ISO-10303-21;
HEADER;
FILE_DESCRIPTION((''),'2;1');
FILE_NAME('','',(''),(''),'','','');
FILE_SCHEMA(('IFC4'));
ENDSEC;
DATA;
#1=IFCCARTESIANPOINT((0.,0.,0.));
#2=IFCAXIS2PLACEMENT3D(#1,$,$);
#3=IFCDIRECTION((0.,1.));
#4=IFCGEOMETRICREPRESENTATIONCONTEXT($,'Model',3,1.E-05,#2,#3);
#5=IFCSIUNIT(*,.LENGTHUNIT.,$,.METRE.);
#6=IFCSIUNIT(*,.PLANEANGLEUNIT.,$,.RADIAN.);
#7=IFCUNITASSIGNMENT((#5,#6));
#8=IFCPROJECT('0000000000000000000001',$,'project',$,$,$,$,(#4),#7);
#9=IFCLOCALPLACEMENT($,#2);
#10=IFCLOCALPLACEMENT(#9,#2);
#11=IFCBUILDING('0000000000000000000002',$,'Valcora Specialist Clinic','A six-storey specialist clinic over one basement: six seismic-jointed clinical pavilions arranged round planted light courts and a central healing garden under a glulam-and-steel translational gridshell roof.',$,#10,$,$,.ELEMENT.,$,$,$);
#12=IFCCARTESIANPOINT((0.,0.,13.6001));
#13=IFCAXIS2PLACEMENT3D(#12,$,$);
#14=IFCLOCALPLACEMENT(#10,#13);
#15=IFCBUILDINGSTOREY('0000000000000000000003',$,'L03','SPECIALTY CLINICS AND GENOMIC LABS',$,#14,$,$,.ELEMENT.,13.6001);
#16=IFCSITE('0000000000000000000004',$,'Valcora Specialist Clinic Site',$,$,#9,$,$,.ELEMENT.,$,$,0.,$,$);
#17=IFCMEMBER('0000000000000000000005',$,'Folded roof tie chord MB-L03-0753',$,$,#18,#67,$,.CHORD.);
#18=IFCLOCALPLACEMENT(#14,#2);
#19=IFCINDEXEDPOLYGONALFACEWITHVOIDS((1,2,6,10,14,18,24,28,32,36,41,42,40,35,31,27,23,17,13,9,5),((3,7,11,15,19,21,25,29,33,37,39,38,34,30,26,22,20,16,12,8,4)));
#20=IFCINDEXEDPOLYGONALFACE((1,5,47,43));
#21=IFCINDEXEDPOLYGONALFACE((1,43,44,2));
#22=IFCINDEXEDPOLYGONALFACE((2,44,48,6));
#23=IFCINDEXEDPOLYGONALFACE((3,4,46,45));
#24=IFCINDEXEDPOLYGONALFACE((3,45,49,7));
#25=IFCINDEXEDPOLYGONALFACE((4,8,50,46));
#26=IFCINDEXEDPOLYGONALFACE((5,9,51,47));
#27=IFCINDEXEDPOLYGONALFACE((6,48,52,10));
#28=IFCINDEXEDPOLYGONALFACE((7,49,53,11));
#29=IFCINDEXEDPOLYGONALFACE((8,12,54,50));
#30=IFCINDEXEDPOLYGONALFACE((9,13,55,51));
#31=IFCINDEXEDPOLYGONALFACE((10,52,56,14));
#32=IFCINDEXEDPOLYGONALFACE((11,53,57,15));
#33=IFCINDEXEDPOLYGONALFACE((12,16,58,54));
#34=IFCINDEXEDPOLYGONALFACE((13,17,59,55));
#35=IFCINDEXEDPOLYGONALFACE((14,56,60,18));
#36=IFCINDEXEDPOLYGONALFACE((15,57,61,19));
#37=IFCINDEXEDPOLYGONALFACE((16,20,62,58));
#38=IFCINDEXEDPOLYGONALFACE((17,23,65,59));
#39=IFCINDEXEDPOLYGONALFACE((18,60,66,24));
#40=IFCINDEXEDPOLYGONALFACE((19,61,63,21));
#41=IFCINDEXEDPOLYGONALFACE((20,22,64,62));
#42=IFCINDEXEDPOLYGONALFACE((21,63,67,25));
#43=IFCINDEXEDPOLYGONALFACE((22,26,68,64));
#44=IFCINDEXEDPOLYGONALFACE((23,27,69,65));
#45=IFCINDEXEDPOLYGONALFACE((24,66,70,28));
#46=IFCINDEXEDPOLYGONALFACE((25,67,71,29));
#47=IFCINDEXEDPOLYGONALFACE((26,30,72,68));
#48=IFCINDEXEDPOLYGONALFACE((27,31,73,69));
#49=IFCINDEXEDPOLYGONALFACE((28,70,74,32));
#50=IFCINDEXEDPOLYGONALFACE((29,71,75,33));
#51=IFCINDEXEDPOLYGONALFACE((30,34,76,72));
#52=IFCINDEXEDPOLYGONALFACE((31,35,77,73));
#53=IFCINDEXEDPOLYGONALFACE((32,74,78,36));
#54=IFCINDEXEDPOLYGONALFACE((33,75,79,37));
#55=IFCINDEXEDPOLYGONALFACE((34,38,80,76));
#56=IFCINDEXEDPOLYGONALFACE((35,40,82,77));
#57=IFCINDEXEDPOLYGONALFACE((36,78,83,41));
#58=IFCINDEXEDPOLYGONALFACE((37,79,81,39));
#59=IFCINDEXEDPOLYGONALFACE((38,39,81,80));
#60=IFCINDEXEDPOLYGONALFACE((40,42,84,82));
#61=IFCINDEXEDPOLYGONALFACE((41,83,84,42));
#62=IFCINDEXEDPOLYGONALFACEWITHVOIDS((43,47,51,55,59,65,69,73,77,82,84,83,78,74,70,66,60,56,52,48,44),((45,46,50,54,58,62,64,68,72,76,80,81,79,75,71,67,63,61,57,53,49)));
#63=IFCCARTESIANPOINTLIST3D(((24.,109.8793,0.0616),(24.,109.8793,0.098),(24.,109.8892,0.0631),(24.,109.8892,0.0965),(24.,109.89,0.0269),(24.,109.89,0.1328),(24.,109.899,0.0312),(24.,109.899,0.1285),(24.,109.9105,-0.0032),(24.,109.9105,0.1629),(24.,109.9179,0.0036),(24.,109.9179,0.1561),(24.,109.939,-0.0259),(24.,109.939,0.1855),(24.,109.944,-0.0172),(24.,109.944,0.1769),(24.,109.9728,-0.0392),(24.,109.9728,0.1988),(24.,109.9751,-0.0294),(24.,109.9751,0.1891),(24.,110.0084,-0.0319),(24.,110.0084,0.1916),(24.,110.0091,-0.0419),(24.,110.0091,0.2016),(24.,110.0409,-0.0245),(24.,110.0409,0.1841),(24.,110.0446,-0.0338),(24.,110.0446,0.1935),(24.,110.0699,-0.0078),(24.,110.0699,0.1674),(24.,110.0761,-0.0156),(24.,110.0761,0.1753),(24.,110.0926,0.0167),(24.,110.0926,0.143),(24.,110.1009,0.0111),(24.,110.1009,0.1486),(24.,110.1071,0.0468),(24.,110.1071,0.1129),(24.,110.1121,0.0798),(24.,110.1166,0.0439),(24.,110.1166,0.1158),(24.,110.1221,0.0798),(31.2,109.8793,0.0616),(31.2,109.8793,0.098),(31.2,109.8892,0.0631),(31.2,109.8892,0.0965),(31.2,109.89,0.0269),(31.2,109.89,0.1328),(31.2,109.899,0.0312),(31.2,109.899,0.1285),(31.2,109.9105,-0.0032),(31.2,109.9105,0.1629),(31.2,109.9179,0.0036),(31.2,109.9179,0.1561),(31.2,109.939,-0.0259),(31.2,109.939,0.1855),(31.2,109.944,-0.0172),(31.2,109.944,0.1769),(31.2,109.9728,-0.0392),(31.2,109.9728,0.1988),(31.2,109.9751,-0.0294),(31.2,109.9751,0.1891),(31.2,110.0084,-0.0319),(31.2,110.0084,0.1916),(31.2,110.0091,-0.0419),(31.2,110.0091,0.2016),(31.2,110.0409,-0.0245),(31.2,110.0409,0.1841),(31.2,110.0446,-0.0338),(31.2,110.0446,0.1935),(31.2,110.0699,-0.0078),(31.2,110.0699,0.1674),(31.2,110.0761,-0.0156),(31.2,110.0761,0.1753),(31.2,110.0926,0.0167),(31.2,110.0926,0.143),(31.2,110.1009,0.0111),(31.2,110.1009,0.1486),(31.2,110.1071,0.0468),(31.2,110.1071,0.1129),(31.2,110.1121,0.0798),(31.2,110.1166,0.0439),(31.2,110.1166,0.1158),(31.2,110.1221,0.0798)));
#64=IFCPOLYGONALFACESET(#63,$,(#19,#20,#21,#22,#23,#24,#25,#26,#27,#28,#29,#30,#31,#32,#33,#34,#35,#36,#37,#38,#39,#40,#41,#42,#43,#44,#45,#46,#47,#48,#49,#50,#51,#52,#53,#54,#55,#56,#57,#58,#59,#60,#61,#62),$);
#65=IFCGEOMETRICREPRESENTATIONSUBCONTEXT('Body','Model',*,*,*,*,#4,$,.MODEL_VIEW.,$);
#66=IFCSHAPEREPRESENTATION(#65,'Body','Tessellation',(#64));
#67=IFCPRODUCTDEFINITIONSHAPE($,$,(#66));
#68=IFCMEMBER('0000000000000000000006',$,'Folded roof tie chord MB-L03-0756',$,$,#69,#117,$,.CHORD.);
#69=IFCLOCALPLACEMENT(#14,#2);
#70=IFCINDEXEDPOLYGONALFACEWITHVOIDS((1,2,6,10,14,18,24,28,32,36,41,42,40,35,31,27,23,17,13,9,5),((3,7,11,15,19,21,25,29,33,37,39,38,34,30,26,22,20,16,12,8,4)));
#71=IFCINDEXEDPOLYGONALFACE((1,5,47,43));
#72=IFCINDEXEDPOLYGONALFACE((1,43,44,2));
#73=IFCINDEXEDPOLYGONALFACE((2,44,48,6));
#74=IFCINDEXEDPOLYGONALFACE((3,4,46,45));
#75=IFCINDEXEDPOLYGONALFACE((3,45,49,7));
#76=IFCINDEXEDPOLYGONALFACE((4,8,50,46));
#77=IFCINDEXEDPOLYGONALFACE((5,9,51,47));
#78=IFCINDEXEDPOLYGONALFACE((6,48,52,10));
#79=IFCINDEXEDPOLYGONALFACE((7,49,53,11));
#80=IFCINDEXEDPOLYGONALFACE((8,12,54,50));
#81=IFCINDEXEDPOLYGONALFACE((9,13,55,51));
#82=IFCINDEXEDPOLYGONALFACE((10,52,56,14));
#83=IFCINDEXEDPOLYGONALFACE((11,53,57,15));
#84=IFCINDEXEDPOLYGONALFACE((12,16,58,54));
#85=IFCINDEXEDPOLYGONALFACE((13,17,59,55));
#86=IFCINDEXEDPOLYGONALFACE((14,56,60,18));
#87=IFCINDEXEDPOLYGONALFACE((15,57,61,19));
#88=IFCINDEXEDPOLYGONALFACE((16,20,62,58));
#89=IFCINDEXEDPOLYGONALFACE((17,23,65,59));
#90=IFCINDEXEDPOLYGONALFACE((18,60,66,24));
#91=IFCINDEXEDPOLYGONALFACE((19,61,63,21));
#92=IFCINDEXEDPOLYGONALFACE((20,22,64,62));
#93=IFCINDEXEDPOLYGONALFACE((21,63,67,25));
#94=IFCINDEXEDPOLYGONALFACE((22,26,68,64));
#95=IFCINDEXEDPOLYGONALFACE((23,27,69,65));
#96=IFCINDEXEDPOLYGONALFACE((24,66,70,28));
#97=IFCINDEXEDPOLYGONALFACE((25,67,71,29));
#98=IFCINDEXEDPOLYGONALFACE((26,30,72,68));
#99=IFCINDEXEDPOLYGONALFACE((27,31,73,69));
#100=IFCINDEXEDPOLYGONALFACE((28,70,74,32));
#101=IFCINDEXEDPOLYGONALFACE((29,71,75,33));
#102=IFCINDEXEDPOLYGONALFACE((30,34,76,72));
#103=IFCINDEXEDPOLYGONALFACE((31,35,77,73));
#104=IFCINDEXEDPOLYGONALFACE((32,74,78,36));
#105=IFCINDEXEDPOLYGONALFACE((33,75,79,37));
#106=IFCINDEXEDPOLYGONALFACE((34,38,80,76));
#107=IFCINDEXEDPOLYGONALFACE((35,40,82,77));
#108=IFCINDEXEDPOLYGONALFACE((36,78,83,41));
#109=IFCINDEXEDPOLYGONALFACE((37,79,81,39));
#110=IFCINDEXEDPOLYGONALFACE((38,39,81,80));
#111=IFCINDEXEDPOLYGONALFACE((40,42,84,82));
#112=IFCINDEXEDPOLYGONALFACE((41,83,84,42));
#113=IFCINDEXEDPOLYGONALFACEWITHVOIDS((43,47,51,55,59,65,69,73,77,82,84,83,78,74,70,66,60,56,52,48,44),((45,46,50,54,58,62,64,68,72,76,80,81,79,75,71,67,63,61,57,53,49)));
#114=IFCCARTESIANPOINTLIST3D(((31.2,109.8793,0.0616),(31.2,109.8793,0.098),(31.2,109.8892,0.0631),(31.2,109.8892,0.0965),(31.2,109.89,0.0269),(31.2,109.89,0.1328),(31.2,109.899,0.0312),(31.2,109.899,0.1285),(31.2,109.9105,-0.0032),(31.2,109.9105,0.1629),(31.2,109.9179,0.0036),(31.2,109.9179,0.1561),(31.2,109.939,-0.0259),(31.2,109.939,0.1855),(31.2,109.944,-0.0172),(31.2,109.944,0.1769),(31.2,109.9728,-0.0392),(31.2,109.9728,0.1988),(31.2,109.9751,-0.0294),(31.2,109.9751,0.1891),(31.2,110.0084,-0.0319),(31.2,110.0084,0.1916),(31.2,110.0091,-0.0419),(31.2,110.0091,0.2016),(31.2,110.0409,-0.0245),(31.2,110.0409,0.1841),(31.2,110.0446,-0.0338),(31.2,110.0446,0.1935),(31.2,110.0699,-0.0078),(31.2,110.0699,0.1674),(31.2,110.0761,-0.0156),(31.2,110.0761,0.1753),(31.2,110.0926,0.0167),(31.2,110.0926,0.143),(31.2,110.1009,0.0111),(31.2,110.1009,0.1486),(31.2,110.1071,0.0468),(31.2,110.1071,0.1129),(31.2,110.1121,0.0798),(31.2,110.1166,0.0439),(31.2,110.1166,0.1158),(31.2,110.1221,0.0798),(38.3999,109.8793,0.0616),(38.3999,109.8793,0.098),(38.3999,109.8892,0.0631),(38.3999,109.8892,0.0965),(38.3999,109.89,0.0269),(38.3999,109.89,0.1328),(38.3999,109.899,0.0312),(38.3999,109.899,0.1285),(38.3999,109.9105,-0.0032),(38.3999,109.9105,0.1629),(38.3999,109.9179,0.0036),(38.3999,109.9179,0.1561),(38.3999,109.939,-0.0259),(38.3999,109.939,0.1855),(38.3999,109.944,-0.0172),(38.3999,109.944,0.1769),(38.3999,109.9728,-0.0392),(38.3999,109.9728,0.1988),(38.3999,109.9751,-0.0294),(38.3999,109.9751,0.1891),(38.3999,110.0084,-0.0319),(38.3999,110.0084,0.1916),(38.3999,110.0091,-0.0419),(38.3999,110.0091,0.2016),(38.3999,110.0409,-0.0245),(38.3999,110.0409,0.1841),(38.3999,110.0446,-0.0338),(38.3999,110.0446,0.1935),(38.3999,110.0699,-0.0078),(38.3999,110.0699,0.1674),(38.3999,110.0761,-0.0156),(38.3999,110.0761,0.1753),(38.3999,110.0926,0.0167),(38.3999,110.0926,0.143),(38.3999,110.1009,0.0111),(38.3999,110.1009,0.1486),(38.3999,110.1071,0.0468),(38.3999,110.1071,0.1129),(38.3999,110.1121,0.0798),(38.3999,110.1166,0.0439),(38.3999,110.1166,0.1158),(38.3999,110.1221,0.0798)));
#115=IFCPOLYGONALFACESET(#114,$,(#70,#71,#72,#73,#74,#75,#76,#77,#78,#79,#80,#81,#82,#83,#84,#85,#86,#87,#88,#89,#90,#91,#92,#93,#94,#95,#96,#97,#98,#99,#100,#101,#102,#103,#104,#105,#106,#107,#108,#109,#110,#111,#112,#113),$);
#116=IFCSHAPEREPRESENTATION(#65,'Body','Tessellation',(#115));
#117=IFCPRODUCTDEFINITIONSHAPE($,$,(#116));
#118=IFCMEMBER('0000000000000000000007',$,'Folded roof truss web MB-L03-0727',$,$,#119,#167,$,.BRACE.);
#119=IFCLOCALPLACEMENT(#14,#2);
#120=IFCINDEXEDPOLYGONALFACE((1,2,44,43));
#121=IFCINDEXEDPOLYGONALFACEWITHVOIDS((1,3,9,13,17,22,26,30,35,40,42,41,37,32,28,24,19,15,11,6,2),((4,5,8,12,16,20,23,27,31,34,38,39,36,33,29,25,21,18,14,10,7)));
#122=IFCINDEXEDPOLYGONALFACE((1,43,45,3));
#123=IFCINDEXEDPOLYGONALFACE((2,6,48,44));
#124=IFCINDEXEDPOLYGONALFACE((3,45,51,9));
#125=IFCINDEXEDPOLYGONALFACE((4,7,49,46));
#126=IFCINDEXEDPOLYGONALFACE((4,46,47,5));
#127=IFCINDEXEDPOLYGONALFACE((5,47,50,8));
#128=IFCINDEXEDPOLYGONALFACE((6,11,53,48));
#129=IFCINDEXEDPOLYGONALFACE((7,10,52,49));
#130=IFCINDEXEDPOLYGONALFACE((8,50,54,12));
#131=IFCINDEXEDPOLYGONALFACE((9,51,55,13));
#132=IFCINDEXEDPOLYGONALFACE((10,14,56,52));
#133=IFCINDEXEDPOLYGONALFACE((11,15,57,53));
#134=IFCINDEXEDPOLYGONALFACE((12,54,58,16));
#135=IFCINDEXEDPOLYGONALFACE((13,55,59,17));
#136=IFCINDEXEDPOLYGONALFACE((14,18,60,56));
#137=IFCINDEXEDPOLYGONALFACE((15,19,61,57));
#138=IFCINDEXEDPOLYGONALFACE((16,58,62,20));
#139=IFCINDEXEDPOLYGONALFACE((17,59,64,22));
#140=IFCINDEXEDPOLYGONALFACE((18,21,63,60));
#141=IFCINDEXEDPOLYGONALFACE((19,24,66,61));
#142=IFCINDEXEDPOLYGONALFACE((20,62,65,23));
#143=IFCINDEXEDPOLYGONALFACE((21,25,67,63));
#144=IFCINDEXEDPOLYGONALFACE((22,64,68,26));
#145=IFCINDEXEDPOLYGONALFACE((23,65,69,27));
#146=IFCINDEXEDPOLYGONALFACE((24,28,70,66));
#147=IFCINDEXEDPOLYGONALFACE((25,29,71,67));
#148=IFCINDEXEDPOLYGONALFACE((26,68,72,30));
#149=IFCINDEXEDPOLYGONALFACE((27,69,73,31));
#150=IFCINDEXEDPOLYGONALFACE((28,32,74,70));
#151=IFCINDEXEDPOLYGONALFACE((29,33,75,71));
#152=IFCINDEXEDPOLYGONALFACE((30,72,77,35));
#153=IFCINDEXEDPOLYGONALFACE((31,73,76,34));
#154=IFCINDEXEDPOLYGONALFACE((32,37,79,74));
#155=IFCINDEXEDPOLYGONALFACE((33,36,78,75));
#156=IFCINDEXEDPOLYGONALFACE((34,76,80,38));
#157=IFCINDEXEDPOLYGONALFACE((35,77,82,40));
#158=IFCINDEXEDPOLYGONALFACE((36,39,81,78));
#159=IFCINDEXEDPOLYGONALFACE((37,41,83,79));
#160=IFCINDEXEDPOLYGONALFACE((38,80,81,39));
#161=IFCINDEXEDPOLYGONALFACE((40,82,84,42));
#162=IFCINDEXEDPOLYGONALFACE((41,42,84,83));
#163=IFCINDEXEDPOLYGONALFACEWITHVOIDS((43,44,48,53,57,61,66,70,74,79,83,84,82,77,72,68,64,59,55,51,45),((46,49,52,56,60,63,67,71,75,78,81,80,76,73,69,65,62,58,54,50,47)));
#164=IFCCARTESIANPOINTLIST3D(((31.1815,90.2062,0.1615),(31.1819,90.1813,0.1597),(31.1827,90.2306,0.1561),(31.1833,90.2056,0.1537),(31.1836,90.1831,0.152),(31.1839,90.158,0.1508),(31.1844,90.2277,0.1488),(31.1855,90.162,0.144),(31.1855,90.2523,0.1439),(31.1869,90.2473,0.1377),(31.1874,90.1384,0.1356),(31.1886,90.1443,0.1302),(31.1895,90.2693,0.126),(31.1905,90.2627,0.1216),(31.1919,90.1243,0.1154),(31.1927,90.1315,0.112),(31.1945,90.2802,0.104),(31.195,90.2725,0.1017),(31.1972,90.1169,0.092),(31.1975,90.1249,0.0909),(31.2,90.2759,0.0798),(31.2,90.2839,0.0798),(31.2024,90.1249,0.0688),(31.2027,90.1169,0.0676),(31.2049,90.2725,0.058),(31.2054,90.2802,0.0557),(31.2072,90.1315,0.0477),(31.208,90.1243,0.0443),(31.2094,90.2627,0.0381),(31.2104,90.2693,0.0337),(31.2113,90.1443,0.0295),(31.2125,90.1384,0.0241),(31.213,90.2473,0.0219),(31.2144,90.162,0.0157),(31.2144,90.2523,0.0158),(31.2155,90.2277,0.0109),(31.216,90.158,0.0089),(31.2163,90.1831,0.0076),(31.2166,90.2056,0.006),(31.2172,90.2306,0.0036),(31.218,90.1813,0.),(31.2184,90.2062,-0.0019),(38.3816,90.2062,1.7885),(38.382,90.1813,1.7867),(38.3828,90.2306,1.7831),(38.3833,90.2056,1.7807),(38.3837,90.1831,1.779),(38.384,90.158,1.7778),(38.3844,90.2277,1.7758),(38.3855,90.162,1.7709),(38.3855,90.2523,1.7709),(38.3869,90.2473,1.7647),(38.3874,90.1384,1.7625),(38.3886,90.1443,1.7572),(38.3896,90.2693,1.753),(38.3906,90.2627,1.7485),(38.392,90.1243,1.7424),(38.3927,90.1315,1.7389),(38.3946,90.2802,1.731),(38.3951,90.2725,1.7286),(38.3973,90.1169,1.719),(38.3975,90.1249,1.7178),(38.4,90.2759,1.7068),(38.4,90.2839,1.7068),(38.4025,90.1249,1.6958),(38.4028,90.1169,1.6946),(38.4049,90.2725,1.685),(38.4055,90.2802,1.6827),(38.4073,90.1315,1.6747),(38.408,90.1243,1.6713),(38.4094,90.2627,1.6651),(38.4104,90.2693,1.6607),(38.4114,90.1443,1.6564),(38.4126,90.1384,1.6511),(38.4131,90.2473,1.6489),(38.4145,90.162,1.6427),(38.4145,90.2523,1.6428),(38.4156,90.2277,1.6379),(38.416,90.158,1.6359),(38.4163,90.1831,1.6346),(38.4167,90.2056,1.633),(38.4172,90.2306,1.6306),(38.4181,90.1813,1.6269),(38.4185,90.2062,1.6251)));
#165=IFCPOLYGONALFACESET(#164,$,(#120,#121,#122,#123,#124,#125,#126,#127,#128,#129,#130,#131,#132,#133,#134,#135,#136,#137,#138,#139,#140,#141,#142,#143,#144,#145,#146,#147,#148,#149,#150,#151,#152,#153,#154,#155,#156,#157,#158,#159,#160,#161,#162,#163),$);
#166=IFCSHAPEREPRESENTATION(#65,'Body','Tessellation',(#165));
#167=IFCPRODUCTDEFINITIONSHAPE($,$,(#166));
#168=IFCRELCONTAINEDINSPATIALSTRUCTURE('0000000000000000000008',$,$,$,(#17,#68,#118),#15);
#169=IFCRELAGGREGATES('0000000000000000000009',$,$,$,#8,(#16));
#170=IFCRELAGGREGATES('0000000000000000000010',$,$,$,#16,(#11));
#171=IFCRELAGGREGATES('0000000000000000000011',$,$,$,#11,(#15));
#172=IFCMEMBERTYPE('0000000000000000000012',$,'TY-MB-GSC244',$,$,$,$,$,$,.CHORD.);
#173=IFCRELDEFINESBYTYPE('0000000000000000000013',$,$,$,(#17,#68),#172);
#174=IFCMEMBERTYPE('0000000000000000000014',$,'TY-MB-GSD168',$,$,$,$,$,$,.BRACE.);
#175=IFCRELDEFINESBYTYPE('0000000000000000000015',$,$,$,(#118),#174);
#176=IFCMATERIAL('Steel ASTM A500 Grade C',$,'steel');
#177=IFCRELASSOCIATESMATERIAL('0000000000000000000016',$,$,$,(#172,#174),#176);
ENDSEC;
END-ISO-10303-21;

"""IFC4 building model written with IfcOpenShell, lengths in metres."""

from ifc_helpers import new_model, si_unit, direction, frame, origin, origin_2d, place, context, subcontext, project, spatial, hollow_circle, extrude, material, material_profile, profile_set, type_object, element, save


model = new_model("IFC4")

# Units and contexts
model_context = context("Model", 3, precision=1e-05, world=origin(), true_north=direction((0.0, 1.0)))
body_context = subcontext(model_context, "Body", "Model", "MODEL_VIEW")
ifc_project = project(units=[si_unit("LENGTHUNIT", "METRE"), si_unit("PLANEANGLEUNIT", "RADIAN")], contexts=[model_context])

# Site, building, storey
site_placement = place(None, origin())
site = spatial("IfcSite", under=ifc_project, at=site_placement, Name="Valcora Specialist Clinic Site", CompositionType="ELEMENT", RefElevation=0.0)
building_placement = place(site_placement, origin())
building = spatial("IfcBuilding", under=site, at=building_placement, Name="Valcora Specialist Clinic", Description="A six-storey specialist clinic over one basement: six seismic-jointed clinical pavilions arranged round planted light courts and a central healing garden under a glulam-and-steel translational gridshell roof.", CompositionType="ELEMENT")
storey_placement = place(building_placement, frame((0.0, 0.0, 13.6001)))
storey = spatial("IfcBuildingStorey", under=building, at=storey_placement, Name="L03", Description="SPECIALTY CLINICS AND GENOMIC LABS", CompositionType="ELEMENT", Elevation=13.6001)

# Shared definitions
ifc_material_1 = material(Name="Steel ASTM A500 Grade C", Category="steel")

# Members
ifc_material_profile_1 = material_profile(ifc_material_1, hollow_circle(Radius=0.1221, WallThickness=0.01, at=origin_2d()), Name="ST-CHS-244X10")
ifc_profile_set_1 = profile_set([ifc_material_profile_1], Name="Steel ASTM A500 Grade C")
member_type_1 = type_object("IfcMemberType", Name="TY-MB-GSC244", PredefinedType="CHORD", material=ifc_profile_set_1)
for number, where, z_axis, x_axis, name in (
    (1, (24.0, 110.0, 0.0798), (1.0, 0.0, 0.0), (0.0, 1.0, 0.0), "Folded roof tie chord MB-L03-0753"),
    (2, (31.2, 110.0, 0.0798), (1.0, 0.0, 0.0), (0.0, 1.0, 0.0), "Folded roof tie chord MB-L03-0756"),
):
    element("IfcMember", number, at=place(storey_placement, frame(where, z_axis=z_axis, x_axis=x_axis)), inside=storey, type_object=member_type_1, Name=name, PredefinedType="CHORD", context=body_context, shape_type="SweptSolid", body=[
        extrude(hollow_circle(Radius=0.1221, WallThickness=0.01, at=origin_2d()), origin(), (0.0, 0.0, 1.0), 7.2),
    ])
ifc_material_profile_2 = material_profile(ifc_material_1, hollow_circle(Radius=0.084, WallThickness=0.0081, at=origin_2d()), Name="ST-CHS-168X8")
ifc_profile_set_2 = profile_set([ifc_material_profile_2], Name="Steel ASTM A500 Grade C")
member_type_2 = type_object("IfcMemberType", Name="TY-MB-GSD168", PredefinedType="BRACE", material=ifc_profile_set_2)
member_1_placement = place(storey_placement, frame((31.2, 90.2, 0.0798), z_axis=(0.975407, 0.0, 0.22041), x_axis=(0.0, 1.0, 0.0)))
element("IfcMember", 3, at=member_1_placement, inside=storey, type_object=member_type_2, Name="Folded roof truss web MB-L03-0727", PredefinedType="BRACE", context=body_context, shape_type="SweptSolid", body=[
    extrude(hollow_circle(Radius=0.084, WallThickness=0.0081, at=origin_2d()), origin(), (0.0, 0.0, 1.0), 7.3816),
])

save(model, "model.ifc")
